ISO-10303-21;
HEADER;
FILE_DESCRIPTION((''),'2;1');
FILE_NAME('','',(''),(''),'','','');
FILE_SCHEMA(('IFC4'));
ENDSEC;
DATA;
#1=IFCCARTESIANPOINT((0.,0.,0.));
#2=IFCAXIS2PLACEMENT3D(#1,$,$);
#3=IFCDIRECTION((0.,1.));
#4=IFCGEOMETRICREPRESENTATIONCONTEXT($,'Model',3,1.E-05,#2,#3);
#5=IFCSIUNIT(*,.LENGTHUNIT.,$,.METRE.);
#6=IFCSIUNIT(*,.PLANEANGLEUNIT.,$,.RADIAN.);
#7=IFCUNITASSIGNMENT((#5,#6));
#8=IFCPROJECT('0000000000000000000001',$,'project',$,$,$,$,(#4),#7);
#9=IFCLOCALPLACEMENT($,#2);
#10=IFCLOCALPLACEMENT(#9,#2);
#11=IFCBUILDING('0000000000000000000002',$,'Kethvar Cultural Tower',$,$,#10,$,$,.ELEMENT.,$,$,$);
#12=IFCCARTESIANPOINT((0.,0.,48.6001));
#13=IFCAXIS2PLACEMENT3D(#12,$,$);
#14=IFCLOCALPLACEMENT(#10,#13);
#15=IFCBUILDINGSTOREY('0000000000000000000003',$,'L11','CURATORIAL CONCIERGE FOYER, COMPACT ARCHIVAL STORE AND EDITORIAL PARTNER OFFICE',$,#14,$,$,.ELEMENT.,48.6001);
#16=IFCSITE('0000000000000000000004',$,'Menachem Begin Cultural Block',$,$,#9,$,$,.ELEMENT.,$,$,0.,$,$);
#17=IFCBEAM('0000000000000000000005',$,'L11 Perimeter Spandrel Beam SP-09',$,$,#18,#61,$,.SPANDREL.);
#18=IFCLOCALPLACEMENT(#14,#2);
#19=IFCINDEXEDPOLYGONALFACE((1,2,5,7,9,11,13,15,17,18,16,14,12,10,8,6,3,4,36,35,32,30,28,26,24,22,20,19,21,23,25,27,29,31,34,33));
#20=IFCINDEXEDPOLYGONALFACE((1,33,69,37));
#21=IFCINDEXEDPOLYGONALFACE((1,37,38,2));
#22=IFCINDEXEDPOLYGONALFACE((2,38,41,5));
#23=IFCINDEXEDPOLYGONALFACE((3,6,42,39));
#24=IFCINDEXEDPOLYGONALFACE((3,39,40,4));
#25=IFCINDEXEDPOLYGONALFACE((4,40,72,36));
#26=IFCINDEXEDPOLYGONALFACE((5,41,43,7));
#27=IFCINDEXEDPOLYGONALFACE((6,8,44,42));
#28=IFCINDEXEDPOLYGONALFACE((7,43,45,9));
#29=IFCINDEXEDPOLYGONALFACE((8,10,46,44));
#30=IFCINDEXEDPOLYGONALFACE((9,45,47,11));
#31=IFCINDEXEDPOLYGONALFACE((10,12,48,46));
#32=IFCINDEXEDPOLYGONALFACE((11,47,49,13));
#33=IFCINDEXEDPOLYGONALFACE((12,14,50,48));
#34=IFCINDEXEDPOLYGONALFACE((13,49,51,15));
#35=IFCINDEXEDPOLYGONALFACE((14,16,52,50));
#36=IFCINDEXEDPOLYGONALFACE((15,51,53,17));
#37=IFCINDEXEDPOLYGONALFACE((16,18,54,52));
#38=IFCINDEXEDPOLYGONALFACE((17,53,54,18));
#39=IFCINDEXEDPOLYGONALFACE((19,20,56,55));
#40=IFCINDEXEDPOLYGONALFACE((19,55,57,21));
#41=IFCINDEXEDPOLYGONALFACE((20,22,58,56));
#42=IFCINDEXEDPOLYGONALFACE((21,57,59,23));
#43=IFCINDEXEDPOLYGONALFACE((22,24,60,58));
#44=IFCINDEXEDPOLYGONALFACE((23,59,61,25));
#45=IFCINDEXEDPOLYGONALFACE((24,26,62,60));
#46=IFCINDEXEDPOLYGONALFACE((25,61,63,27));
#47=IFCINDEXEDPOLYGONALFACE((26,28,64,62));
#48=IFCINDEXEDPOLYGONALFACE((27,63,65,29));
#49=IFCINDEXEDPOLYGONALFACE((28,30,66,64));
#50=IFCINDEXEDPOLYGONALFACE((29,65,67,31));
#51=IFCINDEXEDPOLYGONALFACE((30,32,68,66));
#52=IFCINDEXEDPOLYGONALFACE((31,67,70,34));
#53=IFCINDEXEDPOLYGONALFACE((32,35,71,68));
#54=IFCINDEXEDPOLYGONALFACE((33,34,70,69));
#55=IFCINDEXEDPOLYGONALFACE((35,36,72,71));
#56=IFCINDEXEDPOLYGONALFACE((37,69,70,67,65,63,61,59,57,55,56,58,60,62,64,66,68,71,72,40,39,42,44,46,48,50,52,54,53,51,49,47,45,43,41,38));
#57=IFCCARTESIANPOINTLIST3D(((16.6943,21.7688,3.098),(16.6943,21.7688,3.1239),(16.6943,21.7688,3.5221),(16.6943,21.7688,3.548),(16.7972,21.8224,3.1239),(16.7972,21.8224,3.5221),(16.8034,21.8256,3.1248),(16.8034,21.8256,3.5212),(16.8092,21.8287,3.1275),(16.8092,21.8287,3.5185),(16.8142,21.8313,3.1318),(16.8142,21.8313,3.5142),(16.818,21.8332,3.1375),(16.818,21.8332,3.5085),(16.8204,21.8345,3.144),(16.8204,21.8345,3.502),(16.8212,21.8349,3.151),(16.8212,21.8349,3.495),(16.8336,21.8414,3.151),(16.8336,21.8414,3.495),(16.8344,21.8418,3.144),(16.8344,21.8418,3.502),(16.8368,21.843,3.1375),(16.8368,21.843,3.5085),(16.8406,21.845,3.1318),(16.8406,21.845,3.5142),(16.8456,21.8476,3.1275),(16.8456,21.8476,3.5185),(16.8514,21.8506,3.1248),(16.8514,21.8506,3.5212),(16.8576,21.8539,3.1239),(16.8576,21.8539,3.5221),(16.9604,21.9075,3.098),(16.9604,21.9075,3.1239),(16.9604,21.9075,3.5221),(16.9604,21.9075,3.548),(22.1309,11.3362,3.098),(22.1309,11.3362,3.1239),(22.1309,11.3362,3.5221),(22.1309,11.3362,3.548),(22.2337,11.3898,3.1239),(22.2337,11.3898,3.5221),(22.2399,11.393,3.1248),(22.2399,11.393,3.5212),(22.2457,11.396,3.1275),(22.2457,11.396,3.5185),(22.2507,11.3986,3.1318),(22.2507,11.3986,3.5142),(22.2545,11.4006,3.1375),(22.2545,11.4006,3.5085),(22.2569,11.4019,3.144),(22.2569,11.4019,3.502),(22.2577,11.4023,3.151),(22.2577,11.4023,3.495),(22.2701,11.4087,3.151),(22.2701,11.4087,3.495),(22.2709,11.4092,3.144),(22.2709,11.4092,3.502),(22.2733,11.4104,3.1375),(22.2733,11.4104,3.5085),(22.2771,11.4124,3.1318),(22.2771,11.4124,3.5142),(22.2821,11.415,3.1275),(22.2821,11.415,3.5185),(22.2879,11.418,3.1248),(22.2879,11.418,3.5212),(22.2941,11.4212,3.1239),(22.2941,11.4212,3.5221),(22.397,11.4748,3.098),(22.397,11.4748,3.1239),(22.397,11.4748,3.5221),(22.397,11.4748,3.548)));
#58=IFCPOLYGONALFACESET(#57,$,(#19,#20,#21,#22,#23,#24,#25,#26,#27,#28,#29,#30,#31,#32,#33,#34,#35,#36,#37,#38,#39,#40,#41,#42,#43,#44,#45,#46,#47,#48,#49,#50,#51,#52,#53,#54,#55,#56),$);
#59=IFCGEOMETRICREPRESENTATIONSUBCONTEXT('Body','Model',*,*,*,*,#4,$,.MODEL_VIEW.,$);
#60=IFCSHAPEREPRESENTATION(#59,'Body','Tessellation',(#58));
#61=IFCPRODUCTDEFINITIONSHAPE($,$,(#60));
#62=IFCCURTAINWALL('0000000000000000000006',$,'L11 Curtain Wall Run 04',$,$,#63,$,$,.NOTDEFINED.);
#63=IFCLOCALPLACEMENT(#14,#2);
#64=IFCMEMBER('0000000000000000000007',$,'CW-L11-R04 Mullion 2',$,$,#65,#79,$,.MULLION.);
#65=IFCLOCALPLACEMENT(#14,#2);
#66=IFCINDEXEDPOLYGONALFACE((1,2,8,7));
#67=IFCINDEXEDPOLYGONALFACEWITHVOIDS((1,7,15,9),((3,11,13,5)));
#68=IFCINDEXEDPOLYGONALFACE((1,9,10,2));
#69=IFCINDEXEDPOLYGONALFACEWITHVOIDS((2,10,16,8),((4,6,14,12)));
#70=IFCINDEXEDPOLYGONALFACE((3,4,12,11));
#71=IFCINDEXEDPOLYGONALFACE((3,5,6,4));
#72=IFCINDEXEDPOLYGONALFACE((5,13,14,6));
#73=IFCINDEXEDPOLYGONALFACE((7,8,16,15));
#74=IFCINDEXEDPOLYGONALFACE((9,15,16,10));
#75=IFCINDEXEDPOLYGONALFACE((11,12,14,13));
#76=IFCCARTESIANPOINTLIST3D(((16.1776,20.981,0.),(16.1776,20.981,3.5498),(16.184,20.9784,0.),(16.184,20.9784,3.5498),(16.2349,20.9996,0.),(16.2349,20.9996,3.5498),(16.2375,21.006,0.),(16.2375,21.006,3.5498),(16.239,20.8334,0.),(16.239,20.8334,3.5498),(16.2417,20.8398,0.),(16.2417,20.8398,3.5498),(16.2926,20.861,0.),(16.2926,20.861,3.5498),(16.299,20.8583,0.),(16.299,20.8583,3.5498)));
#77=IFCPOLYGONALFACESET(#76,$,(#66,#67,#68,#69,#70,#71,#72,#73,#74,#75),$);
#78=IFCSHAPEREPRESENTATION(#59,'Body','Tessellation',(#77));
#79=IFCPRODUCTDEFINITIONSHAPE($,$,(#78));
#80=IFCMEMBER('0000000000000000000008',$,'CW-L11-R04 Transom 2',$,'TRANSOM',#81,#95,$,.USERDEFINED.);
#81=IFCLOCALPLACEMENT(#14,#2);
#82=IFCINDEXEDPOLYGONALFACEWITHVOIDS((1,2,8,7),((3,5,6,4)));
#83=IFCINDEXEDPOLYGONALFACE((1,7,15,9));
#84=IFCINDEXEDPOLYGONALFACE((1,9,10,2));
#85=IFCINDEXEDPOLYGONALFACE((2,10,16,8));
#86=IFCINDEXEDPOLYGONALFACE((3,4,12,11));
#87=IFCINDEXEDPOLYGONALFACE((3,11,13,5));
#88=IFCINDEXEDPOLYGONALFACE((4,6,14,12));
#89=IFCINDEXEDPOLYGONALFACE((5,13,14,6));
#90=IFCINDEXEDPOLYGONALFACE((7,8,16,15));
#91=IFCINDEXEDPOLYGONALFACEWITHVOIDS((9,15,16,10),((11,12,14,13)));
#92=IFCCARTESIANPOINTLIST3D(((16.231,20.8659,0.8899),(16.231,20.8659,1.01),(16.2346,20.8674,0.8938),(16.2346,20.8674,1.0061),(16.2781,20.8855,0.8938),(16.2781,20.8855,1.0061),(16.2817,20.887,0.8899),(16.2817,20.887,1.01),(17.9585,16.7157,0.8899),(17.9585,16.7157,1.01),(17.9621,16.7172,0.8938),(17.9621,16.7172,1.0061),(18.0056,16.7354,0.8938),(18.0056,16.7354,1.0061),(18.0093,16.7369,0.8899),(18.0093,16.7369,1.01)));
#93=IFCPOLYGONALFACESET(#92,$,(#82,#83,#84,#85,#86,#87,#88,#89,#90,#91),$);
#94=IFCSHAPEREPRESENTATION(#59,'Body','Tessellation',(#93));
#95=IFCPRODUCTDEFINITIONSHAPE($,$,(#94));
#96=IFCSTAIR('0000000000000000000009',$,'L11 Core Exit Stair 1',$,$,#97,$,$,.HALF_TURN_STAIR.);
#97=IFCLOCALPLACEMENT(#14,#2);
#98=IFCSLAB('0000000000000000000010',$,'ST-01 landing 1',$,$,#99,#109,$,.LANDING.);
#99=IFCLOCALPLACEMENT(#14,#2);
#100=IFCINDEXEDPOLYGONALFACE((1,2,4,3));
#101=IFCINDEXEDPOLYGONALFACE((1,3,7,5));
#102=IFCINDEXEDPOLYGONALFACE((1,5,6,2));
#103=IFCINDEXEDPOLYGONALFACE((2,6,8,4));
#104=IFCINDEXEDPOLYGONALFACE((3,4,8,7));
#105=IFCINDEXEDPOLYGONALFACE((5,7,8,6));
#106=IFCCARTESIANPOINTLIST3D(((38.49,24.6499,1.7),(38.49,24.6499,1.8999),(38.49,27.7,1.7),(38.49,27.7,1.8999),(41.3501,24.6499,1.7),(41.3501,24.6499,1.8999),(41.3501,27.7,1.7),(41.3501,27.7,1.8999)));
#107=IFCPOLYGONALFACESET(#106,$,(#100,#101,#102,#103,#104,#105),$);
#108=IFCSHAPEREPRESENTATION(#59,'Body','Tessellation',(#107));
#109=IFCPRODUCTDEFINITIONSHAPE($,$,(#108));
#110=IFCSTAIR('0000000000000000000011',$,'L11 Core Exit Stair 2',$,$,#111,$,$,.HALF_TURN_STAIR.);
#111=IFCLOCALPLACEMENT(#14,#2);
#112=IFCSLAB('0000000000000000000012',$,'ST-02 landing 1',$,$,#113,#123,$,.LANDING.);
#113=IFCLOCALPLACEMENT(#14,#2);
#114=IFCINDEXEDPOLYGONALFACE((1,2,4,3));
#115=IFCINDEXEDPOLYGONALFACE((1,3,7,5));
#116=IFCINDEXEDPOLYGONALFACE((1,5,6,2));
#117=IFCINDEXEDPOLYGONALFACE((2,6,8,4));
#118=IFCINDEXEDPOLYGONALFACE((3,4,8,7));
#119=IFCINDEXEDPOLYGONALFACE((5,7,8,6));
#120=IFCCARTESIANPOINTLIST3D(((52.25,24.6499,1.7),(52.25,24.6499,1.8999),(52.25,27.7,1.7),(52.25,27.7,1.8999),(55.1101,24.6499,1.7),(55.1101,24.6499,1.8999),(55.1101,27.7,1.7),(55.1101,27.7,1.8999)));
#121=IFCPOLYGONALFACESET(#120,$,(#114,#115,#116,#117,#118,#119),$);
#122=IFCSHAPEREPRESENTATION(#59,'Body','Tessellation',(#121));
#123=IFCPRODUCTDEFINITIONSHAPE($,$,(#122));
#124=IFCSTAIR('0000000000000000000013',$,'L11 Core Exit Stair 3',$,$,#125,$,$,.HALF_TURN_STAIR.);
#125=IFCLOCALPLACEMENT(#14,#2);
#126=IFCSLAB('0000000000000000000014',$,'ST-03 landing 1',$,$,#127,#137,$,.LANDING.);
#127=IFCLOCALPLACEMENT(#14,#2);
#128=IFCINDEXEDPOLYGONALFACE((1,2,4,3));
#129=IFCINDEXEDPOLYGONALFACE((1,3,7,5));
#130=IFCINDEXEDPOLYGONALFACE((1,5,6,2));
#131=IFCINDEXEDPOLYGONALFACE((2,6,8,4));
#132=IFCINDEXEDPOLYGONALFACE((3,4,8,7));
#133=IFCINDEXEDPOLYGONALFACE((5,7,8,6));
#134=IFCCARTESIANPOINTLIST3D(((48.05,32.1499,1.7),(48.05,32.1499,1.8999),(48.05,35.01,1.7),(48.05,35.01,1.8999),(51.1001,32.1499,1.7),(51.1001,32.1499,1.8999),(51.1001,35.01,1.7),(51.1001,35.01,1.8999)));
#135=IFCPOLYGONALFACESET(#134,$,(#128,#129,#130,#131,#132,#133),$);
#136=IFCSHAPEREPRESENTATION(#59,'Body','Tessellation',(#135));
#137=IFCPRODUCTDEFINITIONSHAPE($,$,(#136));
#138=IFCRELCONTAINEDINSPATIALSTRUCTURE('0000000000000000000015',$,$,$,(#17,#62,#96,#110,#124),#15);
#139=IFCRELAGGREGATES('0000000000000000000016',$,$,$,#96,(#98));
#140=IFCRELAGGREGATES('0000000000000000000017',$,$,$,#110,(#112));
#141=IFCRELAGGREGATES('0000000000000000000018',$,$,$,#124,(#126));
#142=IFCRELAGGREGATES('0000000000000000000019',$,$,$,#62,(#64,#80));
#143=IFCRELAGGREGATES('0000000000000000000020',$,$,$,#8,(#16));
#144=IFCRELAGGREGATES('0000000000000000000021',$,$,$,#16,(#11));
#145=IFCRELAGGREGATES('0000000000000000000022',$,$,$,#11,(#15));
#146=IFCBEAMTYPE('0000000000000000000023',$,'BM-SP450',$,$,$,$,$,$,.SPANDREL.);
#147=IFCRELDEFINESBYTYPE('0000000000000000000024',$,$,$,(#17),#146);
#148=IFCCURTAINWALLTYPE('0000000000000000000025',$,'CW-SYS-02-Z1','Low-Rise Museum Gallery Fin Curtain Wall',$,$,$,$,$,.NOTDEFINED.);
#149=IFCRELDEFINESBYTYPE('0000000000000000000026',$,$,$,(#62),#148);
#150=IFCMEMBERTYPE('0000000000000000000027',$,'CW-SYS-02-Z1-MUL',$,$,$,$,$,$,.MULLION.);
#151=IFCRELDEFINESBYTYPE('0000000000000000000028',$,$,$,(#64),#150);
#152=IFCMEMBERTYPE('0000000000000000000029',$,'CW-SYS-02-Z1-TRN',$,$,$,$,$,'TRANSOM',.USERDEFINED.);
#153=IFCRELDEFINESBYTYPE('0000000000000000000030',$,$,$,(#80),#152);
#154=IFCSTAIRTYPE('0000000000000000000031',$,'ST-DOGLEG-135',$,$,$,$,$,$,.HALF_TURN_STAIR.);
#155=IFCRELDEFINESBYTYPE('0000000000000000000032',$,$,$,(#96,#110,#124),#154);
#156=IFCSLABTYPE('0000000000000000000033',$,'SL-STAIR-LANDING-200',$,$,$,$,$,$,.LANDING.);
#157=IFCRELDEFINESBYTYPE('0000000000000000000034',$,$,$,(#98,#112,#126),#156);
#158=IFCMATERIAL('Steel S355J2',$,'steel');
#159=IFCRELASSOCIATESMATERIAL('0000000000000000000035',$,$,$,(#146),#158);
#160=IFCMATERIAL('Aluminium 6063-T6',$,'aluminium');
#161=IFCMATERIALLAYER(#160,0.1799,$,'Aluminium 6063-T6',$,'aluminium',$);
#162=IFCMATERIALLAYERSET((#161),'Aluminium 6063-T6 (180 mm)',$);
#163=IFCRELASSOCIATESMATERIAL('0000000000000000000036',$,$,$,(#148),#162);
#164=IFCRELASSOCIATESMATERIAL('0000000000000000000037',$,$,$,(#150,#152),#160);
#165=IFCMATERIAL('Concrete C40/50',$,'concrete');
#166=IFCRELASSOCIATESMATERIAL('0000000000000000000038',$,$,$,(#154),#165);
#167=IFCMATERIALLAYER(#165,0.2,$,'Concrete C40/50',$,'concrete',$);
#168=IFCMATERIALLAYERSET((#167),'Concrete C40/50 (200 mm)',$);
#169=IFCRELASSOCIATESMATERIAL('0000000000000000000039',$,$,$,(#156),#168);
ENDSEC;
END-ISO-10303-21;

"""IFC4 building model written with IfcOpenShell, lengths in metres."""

from ifc_helpers import new_model, si_unit, direction, frame, origin, origin_2d, place, context, subcontext, project, spatial, polyline, hollow_rectangle, i_section, outline, extrude, source, transform, mapped, material, layer, layer_set, material_profile, profile_set, type_object, element, aggregate, save


model = new_model("IFC4")

# Units and contexts
model_context = context("Model", 3, precision=1e-05, world=origin(), true_north=direction((0.0, 1.0)))
body_context = subcontext(model_context, "Body", "Model", "MODEL_VIEW")
ifc_project = project(units=[si_unit("LENGTHUNIT", "METRE"), si_unit("PLANEANGLEUNIT", "RADIAN")], contexts=[model_context])

# Site, building, storey
site_placement = place(None, origin())
site = spatial("IfcSite", under=ifc_project, at=site_placement, Name="Menachem Begin Cultural Block", CompositionType="ELEMENT", RefElevation=0.0)
building_placement = place(site_placement, origin())
building = spatial("IfcBuilding", under=site, at=building_placement, Name="Kethvar Cultural Tower", CompositionType="ELEMENT")
storey_placement = place(building_placement, frame((0.0, 0.0, 48.6001)))
storey = spatial("IfcBuildingStorey", under=building, at=storey_placement, Name="L11", Description="CURATORIAL CONCIERGE FOYER, COMPACT ARCHIVAL STORE AND EDITORIAL PARTNER OFFICE", CompositionType="ELEMENT", Elevation=48.6001)

# Beam
ifc_material_1 = material(Name="Steel S355J2", Category="steel")
ifc_material_profile_1 = material_profile(ifc_material_1, i_section(OverallWidth=0.3, OverallDepth=0.45, WebThickness=0.0139, FlangeThickness=0.0259, FilletRadius=0.0271, at=origin_2d()), Name="Steel S355J2 — HEB450")
ifc_profile_set_1 = profile_set([ifc_material_profile_1], Name="Steel S355J2 — HEB450")
beam_type = type_object("IfcBeamType", Name="BM-SP450", PredefinedType="SPANDREL", material=ifc_profile_set_1)
shared_shape_1 = source(origin(), body_context, "Body", "SweptSolid", [
    extrude(i_section(OverallWidth=0.3, OverallDepth=0.45, WebThickness=0.0139, FlangeThickness=0.0259, FilletRadius=0.0271, at=origin_2d()), origin(), (0.0, 0.0, 1.0), 11.7642),
])
beam_placement = place(storey_placement, frame((16.8274, 21.8381, 3.323), z_axis=(0.462126, -0.886814, 0.0), x_axis=(0.886814, 0.462126, 0.0)))
element("IfcBeam", 1, at=beam_placement, inside=storey, type_object=beam_type, Name="L11 Perimeter Spandrel Beam SP-09", PredefinedType="SPANDREL", context=body_context, shape_type="MappedRepresentation", body=[
    mapped(shared_shape_1, transform((0.0, 0.0, 0.0), scale=1.0)),
])

# Curtain wall, members
ifc_material_2 = material(Name="Aluminium 6063-T6", Category="aluminium")
ifc_layer_1 = layer(ifc_material_2, 0.1799, Name="Aluminium 6063-T6", Category="aluminium")
ifc_layer_set_1 = layer_set([ifc_layer_1], Name="Aluminium 6063-T6 (180 mm)")
curtain_wall_type = type_object("IfcCurtainWallType", Name="CW-SYS-02-Z1", Description="Low-Rise Museum Gallery Fin Curtain Wall", PredefinedType="NOTDEFINED", material=ifc_layer_set_1)
curtain_wall_placement = place(storey_placement, origin())
curtain_wall = element("IfcCurtainWall", 2, at=curtain_wall_placement, inside=storey, type_object=curtain_wall_type, Name="L11 Curtain Wall Run 04", PredefinedType="NOTDEFINED")
ifc_material_profile_2 = material_profile(ifc_material_2, hollow_rectangle(XDim=0.0649, YDim=0.1599, WallThickness=0.0049, at=origin_2d()), Name="Aluminium 6063-T6 — RHS160x65x5")
ifc_profile_set_2 = profile_set([ifc_material_profile_2], Name="Aluminium 6063-T6 — RHS160x65x5")
member_type_1 = type_object("IfcMemberType", Name="CW-SYS-02-Z1-MUL", PredefinedType="MULLION", material=ifc_profile_set_2)
shared_shape_2 = source(origin(), body_context, "Body", "SweptSolid", [
    extrude(hollow_rectangle(XDim=0.0649, YDim=0.1599, WallThickness=0.0049, at=origin_2d()), origin(), (0.0, 0.0, 1.0), 3.5498),
])
member_1_placement = place(storey_placement, frame((16.2383, 20.9197, 0.0), z_axis=(0.0, 0.0, 1.0), x_axis=(0.92321, 0.384295, 0.0)))
member_1 = element("IfcMember", 3, at=member_1_placement, type_object=member_type_1, Name="CW-L11-R04 Mullion 2", PredefinedType="MULLION", context=body_context, shape_type="MappedRepresentation", body=[
    mapped(shared_shape_2, transform((0.0, 0.0, 0.0), scale=1.0)),
])
ifc_material_profile_3 = material_profile(ifc_material_2, hollow_rectangle(XDim=0.0549, YDim=0.1201, WallThickness=0.0039, at=origin_2d()), Name="Aluminium 6063-T6 — RHS120x55x4")
ifc_profile_set_3 = profile_set([ifc_material_profile_3], Name="Aluminium 6063-T6 — RHS120x55x4")
member_type_2 = type_object("IfcMemberType", Name="CW-SYS-02-Z1-TRN", ElementType="TRANSOM", PredefinedType="USERDEFINED", material=ifc_profile_set_3)
shared_shape_3 = source(origin(), body_context, "Body", "SweptSolid", [
    extrude(hollow_rectangle(XDim=0.0549, YDim=0.1201, WallThickness=0.0039, at=origin_2d()), origin(), (0.0, 0.0, 1.0), 4.4954),
])
member_2_placement = place(storey_placement, frame((16.2563, 20.8765, 0.95), z_axis=(0.384295, -0.92321, 0.0), x_axis=(0.92321, 0.384295, 0.0)))
member_2 = element("IfcMember", 4, at=member_2_placement, type_object=member_type_2, Name="CW-L11-R04 Transom 2", ObjectType="TRANSOM", PredefinedType="USERDEFINED", context=body_context, shape_type="MappedRepresentation", body=[
    mapped(shared_shape_3, transform((0.0, 0.0, 0.0), scale=1.0)),
])

# Stairs, slabs
ifc_material_3 = material(Name="Concrete C40/50", Category="concrete")
stair_type = type_object("IfcStairType", Name="ST-DOGLEG-135", PredefinedType="HALF_TURN_STAIR", material=ifc_material_3)
stair_1_placement = place(storey_placement, origin())
stair_1 = element("IfcStair", 5, at=stair_1_placement, inside=storey, type_object=stair_type, Name="L11 Core Exit Stair 1", PredefinedType="HALF_TURN_STAIR")
ifc_layer_2 = layer(ifc_material_3, 0.2, Name="Concrete C40/50", Category="concrete")
ifc_layer_set_2 = layer_set([ifc_layer_2], Name="Concrete C40/50 (200 mm)")
slab_type_1 = type_object("IfcSlabType", Name="SL-STAIR-LANDING-200", PredefinedType="LANDING", material=ifc_layer_set_2)
slab_1_placement = place(storey_placement, frame((0.0, 0.0, 1.7)))
slab_1 = element("IfcSlab", 6, at=slab_1_placement, type_object=slab_type_1, Name="ST-01 landing 1", PredefinedType="LANDING", context=body_context, shape_type="SweptSolid", body=[
    extrude(outline(polyline([(41.3501, 24.6499), (41.3501, 27.7), (38.49, 27.7), (38.49, 24.6499), (41.3501, 24.6499)])), origin(), (0.0, 0.0, 1.0), 0.2),
])
aggregate(stair_1, [slab_1])
stair_2_placement = place(storey_placement, origin())
stair_2 = element("IfcStair", 7, at=stair_2_placement, inside=storey, type_object=stair_type, Name="L11 Core Exit Stair 2", PredefinedType="HALF_TURN_STAIR")
slab_2_placement = place(storey_placement, frame((0.0, 0.0, 1.7)))
slab_2 = element("IfcSlab", 8, at=slab_2_placement, type_object=slab_type_1, Name="ST-02 landing 1", PredefinedType="LANDING", context=body_context, shape_type="SweptSolid", body=[
    extrude(outline(polyline([(55.1101, 24.6499), (55.1101, 27.7), (52.25, 27.7), (52.25, 24.6499), (55.1101, 24.6499)])), origin(), (0.0, 0.0, 1.0), 0.2),
])
aggregate(stair_2, [slab_2])
stair_3_placement = place(storey_placement, origin())
stair_3 = element("IfcStair", 9, at=stair_3_placement, inside=storey, type_object=stair_type, Name="L11 Core Exit Stair 3", PredefinedType="HALF_TURN_STAIR")
slab_3_placement = place(storey_placement, frame((0.0, 0.0, 1.7)))
slab_3 = element("IfcSlab", 10, at=slab_3_placement, type_object=slab_type_1, Name="ST-03 landing 1", PredefinedType="LANDING", context=body_context, shape_type="SweptSolid", body=[
    extrude(outline(polyline([(51.1001, 35.01), (48.05, 35.01), (48.05, 32.1499), (51.1001, 32.1499), (51.1001, 35.01)])), origin(), (0.0, 0.0, 1.0), 0.2),
])
aggregate(stair_3, [slab_3])

aggregate(curtain_wall, [member_1, member_2])

save(model, "model.ifc")
